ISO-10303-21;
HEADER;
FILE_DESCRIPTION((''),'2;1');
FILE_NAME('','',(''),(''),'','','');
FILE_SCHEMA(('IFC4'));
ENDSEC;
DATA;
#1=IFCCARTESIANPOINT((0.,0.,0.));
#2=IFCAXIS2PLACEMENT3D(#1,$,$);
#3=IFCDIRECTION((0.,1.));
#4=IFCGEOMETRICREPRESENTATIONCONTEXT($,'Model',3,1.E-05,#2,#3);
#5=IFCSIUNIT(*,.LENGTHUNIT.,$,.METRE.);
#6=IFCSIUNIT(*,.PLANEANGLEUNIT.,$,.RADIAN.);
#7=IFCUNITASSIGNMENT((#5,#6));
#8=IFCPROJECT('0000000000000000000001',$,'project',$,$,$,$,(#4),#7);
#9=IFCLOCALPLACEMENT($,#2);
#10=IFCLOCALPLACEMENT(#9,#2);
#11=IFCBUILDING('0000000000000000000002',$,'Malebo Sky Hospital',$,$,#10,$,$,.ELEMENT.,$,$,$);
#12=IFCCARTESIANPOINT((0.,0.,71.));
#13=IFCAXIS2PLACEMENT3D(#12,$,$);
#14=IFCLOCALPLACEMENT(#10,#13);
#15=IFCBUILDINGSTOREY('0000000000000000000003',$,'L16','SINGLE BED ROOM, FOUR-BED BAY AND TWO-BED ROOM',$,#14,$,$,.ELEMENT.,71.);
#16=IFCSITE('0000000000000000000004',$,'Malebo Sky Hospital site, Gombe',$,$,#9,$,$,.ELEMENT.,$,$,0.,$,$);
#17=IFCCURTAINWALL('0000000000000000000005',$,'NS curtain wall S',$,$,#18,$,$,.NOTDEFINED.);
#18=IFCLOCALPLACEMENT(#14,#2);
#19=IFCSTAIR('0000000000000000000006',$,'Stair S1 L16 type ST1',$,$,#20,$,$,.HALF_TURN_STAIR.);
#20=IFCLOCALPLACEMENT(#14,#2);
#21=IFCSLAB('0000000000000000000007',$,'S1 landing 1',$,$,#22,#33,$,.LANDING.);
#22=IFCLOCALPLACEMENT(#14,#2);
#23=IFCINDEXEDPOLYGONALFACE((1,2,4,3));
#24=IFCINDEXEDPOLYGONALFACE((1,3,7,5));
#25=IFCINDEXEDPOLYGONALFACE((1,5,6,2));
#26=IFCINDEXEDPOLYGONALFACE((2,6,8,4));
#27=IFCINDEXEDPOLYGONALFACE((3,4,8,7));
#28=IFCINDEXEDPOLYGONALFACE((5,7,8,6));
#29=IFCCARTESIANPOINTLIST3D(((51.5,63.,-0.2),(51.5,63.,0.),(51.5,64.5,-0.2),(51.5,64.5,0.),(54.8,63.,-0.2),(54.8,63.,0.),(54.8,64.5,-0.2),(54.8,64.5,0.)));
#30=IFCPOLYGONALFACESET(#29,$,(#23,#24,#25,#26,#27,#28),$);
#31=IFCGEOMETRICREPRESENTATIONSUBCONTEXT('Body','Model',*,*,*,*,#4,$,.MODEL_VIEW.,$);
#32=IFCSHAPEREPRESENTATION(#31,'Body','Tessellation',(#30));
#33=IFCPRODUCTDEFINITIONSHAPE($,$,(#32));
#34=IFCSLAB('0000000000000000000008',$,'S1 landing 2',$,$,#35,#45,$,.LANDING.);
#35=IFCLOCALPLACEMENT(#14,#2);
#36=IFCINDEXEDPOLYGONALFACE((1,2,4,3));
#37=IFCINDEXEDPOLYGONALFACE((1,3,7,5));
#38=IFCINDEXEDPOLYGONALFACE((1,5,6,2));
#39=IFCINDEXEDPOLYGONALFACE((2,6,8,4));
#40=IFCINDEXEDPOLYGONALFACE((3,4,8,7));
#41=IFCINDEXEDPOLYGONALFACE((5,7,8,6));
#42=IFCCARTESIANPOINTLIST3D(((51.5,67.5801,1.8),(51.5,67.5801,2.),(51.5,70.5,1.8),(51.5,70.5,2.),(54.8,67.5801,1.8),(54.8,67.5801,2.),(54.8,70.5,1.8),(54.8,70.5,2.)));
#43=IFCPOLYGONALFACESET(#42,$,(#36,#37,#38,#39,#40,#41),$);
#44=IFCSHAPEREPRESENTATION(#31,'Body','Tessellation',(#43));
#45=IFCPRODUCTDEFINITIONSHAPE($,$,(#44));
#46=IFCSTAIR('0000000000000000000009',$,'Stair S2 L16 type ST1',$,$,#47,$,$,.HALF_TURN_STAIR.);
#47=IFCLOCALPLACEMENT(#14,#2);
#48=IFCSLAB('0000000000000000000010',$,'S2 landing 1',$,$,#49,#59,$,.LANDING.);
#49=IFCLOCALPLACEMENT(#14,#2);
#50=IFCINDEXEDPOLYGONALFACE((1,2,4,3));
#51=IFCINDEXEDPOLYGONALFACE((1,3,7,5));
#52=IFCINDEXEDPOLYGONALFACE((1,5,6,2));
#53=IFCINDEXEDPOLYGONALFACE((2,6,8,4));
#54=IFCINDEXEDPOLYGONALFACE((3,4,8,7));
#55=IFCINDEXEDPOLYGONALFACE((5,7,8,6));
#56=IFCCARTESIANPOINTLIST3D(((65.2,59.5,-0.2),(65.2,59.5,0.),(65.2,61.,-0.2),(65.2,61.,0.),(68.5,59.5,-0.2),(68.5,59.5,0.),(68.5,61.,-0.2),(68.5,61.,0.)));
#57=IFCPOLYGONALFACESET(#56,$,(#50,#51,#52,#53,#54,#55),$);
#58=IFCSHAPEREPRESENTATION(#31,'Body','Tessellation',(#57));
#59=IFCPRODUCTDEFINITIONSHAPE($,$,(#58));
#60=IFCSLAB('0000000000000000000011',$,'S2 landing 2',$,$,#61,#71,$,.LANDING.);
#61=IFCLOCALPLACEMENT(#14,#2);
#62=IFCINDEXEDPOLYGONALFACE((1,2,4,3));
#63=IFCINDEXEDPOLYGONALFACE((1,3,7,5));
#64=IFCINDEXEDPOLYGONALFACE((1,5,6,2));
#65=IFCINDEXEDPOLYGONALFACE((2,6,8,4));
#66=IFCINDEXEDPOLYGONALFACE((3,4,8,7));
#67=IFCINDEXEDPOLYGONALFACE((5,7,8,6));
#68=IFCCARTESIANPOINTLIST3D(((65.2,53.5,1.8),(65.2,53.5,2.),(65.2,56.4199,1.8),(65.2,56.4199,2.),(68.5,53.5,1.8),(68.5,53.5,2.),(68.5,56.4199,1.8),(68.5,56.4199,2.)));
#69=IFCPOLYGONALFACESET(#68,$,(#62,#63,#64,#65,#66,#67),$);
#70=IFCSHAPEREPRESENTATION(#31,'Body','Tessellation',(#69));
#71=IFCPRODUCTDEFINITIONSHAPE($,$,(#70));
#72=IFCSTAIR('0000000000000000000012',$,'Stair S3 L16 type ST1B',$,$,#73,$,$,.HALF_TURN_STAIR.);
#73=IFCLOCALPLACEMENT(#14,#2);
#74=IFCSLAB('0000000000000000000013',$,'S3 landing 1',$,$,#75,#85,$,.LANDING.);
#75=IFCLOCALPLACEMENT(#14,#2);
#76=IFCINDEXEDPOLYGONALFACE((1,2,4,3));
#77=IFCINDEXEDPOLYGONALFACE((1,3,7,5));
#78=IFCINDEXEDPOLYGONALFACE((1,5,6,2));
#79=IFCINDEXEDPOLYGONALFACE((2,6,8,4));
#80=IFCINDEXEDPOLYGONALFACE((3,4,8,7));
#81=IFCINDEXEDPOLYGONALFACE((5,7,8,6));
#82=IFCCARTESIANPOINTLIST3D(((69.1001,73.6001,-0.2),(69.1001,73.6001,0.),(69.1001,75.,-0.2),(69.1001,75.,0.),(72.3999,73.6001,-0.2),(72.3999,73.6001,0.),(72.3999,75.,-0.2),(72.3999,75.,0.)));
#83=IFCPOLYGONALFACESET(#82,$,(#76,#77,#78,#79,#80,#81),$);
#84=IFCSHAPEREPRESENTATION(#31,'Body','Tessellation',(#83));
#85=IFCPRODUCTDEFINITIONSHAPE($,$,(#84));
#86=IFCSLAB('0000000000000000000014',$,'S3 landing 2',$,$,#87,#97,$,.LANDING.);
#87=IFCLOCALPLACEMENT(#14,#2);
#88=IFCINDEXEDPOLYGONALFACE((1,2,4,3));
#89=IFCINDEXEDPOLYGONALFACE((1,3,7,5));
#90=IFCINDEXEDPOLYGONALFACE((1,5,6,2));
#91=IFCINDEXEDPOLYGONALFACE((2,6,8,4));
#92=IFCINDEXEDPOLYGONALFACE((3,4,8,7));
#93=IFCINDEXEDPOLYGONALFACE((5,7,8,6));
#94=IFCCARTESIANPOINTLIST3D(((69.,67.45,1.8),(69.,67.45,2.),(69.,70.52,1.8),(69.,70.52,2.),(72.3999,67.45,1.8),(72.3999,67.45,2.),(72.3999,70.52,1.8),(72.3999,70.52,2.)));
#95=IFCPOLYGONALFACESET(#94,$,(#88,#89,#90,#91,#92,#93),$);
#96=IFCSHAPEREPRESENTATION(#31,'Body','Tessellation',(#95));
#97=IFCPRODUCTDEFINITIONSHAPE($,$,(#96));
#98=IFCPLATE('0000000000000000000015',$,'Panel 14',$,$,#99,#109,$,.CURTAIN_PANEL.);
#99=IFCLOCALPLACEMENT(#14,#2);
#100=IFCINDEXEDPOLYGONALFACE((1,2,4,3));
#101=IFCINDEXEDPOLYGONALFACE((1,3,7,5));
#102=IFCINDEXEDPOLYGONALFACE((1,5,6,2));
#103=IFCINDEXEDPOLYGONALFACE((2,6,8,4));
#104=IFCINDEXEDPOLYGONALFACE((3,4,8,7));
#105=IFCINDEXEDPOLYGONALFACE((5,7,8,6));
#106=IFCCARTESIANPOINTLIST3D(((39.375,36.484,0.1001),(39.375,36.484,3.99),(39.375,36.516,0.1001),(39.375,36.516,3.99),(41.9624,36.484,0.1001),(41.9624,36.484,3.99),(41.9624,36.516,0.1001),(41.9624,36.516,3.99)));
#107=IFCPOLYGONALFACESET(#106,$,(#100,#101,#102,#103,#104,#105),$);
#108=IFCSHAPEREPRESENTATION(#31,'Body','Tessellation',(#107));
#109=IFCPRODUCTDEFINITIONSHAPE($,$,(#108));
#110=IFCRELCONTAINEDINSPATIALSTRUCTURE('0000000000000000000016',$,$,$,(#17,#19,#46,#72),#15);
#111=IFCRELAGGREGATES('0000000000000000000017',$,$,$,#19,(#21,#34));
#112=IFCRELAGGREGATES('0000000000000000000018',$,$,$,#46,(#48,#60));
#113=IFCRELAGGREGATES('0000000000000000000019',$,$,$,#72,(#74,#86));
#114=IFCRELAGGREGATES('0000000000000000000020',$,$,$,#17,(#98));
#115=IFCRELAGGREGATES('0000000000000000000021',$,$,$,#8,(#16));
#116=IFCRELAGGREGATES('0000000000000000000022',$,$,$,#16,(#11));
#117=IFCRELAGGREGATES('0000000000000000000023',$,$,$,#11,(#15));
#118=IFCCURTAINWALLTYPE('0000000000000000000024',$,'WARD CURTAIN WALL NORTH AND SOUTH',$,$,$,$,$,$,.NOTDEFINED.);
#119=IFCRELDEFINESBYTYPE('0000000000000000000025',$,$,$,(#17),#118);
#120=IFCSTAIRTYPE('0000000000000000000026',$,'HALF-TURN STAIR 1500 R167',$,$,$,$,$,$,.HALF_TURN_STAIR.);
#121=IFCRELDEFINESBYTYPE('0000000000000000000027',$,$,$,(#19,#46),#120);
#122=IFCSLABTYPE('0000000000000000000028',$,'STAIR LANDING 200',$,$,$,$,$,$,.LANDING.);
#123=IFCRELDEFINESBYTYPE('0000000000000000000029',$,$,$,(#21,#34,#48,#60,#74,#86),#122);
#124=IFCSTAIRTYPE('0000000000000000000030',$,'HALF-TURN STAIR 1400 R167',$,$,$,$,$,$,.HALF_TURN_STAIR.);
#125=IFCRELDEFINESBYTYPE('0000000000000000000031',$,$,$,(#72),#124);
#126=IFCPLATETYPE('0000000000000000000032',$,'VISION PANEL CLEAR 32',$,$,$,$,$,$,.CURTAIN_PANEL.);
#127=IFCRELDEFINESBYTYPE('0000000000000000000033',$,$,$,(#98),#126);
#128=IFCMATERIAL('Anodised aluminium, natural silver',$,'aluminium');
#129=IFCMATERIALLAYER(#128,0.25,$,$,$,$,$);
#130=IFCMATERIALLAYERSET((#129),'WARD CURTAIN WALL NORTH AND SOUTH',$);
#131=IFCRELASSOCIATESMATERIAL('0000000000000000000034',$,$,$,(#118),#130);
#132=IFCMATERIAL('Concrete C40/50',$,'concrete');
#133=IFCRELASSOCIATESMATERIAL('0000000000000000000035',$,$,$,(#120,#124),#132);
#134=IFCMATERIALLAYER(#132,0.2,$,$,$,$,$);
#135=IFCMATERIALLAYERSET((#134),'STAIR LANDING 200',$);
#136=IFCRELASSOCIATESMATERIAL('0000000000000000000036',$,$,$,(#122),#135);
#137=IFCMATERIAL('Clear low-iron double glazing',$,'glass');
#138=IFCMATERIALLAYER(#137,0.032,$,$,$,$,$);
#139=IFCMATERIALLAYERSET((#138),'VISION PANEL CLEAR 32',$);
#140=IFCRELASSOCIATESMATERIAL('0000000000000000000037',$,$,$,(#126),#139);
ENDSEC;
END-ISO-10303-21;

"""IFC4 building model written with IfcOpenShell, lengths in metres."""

from ifc_helpers import new_model, si_unit, direction, frame, origin, origin_2d, place, context, subcontext, project, spatial, polyline, rectangle, outline, extrude, material, layer, layer_set, type_object, element, aggregate, save


model = new_model("IFC4")

# Units and contexts
model_context = context("Model", 3, precision=1e-05, world=origin(), true_north=direction((0.0, 1.0)))
body_context = subcontext(model_context, "Body", "Model", "MODEL_VIEW")
ifc_project = project(units=[si_unit("LENGTHUNIT", "METRE"), si_unit("PLANEANGLEUNIT", "RADIAN")], contexts=[model_context])

# Site, building, storey
site_placement = place(None, origin())
site = spatial("IfcSite", under=ifc_project, at=site_placement, Name="Malebo Sky Hospital site, Gombe", CompositionType="ELEMENT", RefElevation=0.0)
building_placement = place(site_placement, origin())
building = spatial("IfcBuilding", under=site, at=building_placement, Name="Malebo Sky Hospital", CompositionType="ELEMENT")
storey_placement = place(building_placement, frame((0.0, 0.0, 71.0)))
storey = spatial("IfcBuildingStorey", under=building, at=storey_placement, Name="L16", Description="SINGLE BED ROOM, FOUR-BED BAY AND TWO-BED ROOM", CompositionType="ELEMENT", Elevation=71.0)

# Curtain wall
ifc_material_1 = material(Name="Anodised aluminium, natural silver", Category="aluminium")
ifc_layer_1 = layer(ifc_material_1, 0.25)
ifc_layer_set_1 = layer_set([ifc_layer_1], Name="WARD CURTAIN WALL NORTH AND SOUTH")
curtain_wall_type = type_object("IfcCurtainWallType", Name="WARD CURTAIN WALL NORTH AND SOUTH", PredefinedType="NOTDEFINED", material=ifc_layer_set_1)
curtain_wall_placement = place(storey_placement, origin())
curtain_wall = element("IfcCurtainWall", 1, at=curtain_wall_placement, inside=storey, type_object=curtain_wall_type, Name="NS curtain wall S", PredefinedType="NOTDEFINED")

# Shared definitions
ifc_material_2 = material(Name="Concrete C40/50", Category="concrete")

# Stairs, slabs
stair_type_1 = type_object("IfcStairType", Name="HALF-TURN STAIR 1500 R167", PredefinedType="HALF_TURN_STAIR", material=ifc_material_2)
stair_1_placement = place(storey_placement, origin())
stair_1 = element("IfcStair", 2, at=stair_1_placement, inside=storey, type_object=stair_type_1, Name="Stair S1 L16 type ST1", PredefinedType="HALF_TURN_STAIR")
ifc_layer_2 = layer(ifc_material_2, 0.2)
ifc_layer_set_2 = layer_set([ifc_layer_2], Name="STAIR LANDING 200")
slab_type_1 = type_object("IfcSlabType", Name="STAIR LANDING 200", PredefinedType="LANDING", material=ifc_layer_set_2)
slab_1_placement = place(storey_placement, frame((0.0, 0.0, -0.2)))
slab_1 = element("IfcSlab", 3, at=slab_1_placement, type_object=slab_type_1, Name="S1 landing 1", PredefinedType="LANDING", context=body_context, shape_type="SweptSolid", body=[
    extrude(outline(polyline([(51.5, 63.0), (54.8, 63.0), (54.8, 64.5), (51.5, 64.5), (51.5, 63.0)])), origin(), (0.0, 0.0, 1.0), 0.2),
])
slab_2_placement = place(storey_placement, frame((0.0, 0.0, 1.8)))
slab_2 = element("IfcSlab", 4, at=slab_2_placement, type_object=slab_type_1, Name="S1 landing 2", PredefinedType="LANDING", context=body_context, shape_type="SweptSolid", body=[
    extrude(outline(polyline([(51.5, 67.5801), (54.8, 67.5801), (54.8, 70.5), (51.5, 70.5), (51.5, 67.5801)])), origin(), (0.0, 0.0, 1.0), 0.2),
])
aggregate(stair_1, [slab_1, slab_2])
stair_2_placement = place(storey_placement, origin())
stair_2 = element("IfcStair", 5, at=stair_2_placement, inside=storey, type_object=stair_type_1, Name="Stair S2 L16 type ST1", PredefinedType="HALF_TURN_STAIR")
slab_3_placement = place(storey_placement, frame((0.0, 0.0, -0.2)))
slab_3 = element("IfcSlab", 6, at=slab_3_placement, type_object=slab_type_1, Name="S2 landing 1", PredefinedType="LANDING", context=body_context, shape_type="SweptSolid", body=[
    extrude(outline(polyline([(65.2, 59.5), (68.5, 59.5), (68.5, 61.0), (65.2, 61.0), (65.2, 59.5)])), origin(), (0.0, 0.0, 1.0), 0.2),
])
slab_4_placement = place(storey_placement, frame((0.0, 0.0, 1.8)))
slab_4 = element("IfcSlab", 7, at=slab_4_placement, type_object=slab_type_1, Name="S2 landing 2", PredefinedType="LANDING", context=body_context, shape_type="SweptSolid", body=[
    extrude(outline(polyline([(65.2, 53.5), (68.5, 53.5), (68.5, 56.4199), (65.2, 56.4199), (65.2, 53.5)])), origin(), (0.0, 0.0, 1.0), 0.2),
])
aggregate(stair_2, [slab_3, slab_4])
stair_type_2 = type_object("IfcStairType", Name="HALF-TURN STAIR 1400 R167", PredefinedType="HALF_TURN_STAIR", material=ifc_material_2)
stair_3_placement = place(storey_placement, origin())
stair_3 = element("IfcStair", 8, at=stair_3_placement, inside=storey, type_object=stair_type_2, Name="Stair S3 L16 type ST1B", PredefinedType="HALF_TURN_STAIR")
slab_5_placement = place(storey_placement, frame((0.0, 0.0, -0.2)))
slab_5 = element("IfcSlab", 9, at=slab_5_placement, type_object=slab_type_1, Name="S3 landing 1", PredefinedType="LANDING", context=body_context, shape_type="SweptSolid", body=[
    extrude(outline(polyline([(69.1001, 73.6001), (72.3999, 73.6001), (72.3999, 75.0), (69.1001, 75.0), (69.1001, 73.6001)])), origin(), (0.0, 0.0, 1.0), 0.2),
])
slab_6_placement = place(storey_placement, frame((0.0, 0.0, 1.8)))
slab_6 = element("IfcSlab", 10, at=slab_6_placement, type_object=slab_type_1, Name="S3 landing 2", PredefinedType="LANDING", context=body_context, shape_type="SweptSolid", body=[
    extrude(outline(polyline([(69.0, 67.45), (72.3999, 67.45), (72.3999, 70.52), (69.0, 70.52), (69.0, 67.45)])), origin(), (0.0, 0.0, 1.0), 0.2),
])
aggregate(stair_3, [slab_5, slab_6])

# Plate
ifc_material_3 = material(Name="Clear low-iron double glazing", Category="glass")
ifc_layer_3 = layer(ifc_material_3, 0.032)
ifc_layer_set_3 = layer_set([ifc_layer_3], Name="VISION PANEL CLEAR 32")
plate_type = type_object("IfcPlateType", Name="VISION PANEL CLEAR 32", PredefinedType="CURTAIN_PANEL", material=ifc_layer_set_3)
plate_placement = place(storey_placement, frame((40.6687, 36.5, 0.1001), z_axis=(0.0, 0.0, 1.0), x_axis=(-1.0, 0.0, 0.0)))
plate = element("IfcPlate", 11, at=plate_placement, type_object=plate_type, Name="Panel 14", PredefinedType="CURTAIN_PANEL", context=body_context, shape_type="SweptSolid", body=[
    extrude(rectangle(XDim=2.5874, YDim=0.032, at=origin_2d()), origin(), (0.0, 0.0, 1.0), 3.8899),
])
aggregate(curtain_wall, [plate])

save(model, "model.ifc")
